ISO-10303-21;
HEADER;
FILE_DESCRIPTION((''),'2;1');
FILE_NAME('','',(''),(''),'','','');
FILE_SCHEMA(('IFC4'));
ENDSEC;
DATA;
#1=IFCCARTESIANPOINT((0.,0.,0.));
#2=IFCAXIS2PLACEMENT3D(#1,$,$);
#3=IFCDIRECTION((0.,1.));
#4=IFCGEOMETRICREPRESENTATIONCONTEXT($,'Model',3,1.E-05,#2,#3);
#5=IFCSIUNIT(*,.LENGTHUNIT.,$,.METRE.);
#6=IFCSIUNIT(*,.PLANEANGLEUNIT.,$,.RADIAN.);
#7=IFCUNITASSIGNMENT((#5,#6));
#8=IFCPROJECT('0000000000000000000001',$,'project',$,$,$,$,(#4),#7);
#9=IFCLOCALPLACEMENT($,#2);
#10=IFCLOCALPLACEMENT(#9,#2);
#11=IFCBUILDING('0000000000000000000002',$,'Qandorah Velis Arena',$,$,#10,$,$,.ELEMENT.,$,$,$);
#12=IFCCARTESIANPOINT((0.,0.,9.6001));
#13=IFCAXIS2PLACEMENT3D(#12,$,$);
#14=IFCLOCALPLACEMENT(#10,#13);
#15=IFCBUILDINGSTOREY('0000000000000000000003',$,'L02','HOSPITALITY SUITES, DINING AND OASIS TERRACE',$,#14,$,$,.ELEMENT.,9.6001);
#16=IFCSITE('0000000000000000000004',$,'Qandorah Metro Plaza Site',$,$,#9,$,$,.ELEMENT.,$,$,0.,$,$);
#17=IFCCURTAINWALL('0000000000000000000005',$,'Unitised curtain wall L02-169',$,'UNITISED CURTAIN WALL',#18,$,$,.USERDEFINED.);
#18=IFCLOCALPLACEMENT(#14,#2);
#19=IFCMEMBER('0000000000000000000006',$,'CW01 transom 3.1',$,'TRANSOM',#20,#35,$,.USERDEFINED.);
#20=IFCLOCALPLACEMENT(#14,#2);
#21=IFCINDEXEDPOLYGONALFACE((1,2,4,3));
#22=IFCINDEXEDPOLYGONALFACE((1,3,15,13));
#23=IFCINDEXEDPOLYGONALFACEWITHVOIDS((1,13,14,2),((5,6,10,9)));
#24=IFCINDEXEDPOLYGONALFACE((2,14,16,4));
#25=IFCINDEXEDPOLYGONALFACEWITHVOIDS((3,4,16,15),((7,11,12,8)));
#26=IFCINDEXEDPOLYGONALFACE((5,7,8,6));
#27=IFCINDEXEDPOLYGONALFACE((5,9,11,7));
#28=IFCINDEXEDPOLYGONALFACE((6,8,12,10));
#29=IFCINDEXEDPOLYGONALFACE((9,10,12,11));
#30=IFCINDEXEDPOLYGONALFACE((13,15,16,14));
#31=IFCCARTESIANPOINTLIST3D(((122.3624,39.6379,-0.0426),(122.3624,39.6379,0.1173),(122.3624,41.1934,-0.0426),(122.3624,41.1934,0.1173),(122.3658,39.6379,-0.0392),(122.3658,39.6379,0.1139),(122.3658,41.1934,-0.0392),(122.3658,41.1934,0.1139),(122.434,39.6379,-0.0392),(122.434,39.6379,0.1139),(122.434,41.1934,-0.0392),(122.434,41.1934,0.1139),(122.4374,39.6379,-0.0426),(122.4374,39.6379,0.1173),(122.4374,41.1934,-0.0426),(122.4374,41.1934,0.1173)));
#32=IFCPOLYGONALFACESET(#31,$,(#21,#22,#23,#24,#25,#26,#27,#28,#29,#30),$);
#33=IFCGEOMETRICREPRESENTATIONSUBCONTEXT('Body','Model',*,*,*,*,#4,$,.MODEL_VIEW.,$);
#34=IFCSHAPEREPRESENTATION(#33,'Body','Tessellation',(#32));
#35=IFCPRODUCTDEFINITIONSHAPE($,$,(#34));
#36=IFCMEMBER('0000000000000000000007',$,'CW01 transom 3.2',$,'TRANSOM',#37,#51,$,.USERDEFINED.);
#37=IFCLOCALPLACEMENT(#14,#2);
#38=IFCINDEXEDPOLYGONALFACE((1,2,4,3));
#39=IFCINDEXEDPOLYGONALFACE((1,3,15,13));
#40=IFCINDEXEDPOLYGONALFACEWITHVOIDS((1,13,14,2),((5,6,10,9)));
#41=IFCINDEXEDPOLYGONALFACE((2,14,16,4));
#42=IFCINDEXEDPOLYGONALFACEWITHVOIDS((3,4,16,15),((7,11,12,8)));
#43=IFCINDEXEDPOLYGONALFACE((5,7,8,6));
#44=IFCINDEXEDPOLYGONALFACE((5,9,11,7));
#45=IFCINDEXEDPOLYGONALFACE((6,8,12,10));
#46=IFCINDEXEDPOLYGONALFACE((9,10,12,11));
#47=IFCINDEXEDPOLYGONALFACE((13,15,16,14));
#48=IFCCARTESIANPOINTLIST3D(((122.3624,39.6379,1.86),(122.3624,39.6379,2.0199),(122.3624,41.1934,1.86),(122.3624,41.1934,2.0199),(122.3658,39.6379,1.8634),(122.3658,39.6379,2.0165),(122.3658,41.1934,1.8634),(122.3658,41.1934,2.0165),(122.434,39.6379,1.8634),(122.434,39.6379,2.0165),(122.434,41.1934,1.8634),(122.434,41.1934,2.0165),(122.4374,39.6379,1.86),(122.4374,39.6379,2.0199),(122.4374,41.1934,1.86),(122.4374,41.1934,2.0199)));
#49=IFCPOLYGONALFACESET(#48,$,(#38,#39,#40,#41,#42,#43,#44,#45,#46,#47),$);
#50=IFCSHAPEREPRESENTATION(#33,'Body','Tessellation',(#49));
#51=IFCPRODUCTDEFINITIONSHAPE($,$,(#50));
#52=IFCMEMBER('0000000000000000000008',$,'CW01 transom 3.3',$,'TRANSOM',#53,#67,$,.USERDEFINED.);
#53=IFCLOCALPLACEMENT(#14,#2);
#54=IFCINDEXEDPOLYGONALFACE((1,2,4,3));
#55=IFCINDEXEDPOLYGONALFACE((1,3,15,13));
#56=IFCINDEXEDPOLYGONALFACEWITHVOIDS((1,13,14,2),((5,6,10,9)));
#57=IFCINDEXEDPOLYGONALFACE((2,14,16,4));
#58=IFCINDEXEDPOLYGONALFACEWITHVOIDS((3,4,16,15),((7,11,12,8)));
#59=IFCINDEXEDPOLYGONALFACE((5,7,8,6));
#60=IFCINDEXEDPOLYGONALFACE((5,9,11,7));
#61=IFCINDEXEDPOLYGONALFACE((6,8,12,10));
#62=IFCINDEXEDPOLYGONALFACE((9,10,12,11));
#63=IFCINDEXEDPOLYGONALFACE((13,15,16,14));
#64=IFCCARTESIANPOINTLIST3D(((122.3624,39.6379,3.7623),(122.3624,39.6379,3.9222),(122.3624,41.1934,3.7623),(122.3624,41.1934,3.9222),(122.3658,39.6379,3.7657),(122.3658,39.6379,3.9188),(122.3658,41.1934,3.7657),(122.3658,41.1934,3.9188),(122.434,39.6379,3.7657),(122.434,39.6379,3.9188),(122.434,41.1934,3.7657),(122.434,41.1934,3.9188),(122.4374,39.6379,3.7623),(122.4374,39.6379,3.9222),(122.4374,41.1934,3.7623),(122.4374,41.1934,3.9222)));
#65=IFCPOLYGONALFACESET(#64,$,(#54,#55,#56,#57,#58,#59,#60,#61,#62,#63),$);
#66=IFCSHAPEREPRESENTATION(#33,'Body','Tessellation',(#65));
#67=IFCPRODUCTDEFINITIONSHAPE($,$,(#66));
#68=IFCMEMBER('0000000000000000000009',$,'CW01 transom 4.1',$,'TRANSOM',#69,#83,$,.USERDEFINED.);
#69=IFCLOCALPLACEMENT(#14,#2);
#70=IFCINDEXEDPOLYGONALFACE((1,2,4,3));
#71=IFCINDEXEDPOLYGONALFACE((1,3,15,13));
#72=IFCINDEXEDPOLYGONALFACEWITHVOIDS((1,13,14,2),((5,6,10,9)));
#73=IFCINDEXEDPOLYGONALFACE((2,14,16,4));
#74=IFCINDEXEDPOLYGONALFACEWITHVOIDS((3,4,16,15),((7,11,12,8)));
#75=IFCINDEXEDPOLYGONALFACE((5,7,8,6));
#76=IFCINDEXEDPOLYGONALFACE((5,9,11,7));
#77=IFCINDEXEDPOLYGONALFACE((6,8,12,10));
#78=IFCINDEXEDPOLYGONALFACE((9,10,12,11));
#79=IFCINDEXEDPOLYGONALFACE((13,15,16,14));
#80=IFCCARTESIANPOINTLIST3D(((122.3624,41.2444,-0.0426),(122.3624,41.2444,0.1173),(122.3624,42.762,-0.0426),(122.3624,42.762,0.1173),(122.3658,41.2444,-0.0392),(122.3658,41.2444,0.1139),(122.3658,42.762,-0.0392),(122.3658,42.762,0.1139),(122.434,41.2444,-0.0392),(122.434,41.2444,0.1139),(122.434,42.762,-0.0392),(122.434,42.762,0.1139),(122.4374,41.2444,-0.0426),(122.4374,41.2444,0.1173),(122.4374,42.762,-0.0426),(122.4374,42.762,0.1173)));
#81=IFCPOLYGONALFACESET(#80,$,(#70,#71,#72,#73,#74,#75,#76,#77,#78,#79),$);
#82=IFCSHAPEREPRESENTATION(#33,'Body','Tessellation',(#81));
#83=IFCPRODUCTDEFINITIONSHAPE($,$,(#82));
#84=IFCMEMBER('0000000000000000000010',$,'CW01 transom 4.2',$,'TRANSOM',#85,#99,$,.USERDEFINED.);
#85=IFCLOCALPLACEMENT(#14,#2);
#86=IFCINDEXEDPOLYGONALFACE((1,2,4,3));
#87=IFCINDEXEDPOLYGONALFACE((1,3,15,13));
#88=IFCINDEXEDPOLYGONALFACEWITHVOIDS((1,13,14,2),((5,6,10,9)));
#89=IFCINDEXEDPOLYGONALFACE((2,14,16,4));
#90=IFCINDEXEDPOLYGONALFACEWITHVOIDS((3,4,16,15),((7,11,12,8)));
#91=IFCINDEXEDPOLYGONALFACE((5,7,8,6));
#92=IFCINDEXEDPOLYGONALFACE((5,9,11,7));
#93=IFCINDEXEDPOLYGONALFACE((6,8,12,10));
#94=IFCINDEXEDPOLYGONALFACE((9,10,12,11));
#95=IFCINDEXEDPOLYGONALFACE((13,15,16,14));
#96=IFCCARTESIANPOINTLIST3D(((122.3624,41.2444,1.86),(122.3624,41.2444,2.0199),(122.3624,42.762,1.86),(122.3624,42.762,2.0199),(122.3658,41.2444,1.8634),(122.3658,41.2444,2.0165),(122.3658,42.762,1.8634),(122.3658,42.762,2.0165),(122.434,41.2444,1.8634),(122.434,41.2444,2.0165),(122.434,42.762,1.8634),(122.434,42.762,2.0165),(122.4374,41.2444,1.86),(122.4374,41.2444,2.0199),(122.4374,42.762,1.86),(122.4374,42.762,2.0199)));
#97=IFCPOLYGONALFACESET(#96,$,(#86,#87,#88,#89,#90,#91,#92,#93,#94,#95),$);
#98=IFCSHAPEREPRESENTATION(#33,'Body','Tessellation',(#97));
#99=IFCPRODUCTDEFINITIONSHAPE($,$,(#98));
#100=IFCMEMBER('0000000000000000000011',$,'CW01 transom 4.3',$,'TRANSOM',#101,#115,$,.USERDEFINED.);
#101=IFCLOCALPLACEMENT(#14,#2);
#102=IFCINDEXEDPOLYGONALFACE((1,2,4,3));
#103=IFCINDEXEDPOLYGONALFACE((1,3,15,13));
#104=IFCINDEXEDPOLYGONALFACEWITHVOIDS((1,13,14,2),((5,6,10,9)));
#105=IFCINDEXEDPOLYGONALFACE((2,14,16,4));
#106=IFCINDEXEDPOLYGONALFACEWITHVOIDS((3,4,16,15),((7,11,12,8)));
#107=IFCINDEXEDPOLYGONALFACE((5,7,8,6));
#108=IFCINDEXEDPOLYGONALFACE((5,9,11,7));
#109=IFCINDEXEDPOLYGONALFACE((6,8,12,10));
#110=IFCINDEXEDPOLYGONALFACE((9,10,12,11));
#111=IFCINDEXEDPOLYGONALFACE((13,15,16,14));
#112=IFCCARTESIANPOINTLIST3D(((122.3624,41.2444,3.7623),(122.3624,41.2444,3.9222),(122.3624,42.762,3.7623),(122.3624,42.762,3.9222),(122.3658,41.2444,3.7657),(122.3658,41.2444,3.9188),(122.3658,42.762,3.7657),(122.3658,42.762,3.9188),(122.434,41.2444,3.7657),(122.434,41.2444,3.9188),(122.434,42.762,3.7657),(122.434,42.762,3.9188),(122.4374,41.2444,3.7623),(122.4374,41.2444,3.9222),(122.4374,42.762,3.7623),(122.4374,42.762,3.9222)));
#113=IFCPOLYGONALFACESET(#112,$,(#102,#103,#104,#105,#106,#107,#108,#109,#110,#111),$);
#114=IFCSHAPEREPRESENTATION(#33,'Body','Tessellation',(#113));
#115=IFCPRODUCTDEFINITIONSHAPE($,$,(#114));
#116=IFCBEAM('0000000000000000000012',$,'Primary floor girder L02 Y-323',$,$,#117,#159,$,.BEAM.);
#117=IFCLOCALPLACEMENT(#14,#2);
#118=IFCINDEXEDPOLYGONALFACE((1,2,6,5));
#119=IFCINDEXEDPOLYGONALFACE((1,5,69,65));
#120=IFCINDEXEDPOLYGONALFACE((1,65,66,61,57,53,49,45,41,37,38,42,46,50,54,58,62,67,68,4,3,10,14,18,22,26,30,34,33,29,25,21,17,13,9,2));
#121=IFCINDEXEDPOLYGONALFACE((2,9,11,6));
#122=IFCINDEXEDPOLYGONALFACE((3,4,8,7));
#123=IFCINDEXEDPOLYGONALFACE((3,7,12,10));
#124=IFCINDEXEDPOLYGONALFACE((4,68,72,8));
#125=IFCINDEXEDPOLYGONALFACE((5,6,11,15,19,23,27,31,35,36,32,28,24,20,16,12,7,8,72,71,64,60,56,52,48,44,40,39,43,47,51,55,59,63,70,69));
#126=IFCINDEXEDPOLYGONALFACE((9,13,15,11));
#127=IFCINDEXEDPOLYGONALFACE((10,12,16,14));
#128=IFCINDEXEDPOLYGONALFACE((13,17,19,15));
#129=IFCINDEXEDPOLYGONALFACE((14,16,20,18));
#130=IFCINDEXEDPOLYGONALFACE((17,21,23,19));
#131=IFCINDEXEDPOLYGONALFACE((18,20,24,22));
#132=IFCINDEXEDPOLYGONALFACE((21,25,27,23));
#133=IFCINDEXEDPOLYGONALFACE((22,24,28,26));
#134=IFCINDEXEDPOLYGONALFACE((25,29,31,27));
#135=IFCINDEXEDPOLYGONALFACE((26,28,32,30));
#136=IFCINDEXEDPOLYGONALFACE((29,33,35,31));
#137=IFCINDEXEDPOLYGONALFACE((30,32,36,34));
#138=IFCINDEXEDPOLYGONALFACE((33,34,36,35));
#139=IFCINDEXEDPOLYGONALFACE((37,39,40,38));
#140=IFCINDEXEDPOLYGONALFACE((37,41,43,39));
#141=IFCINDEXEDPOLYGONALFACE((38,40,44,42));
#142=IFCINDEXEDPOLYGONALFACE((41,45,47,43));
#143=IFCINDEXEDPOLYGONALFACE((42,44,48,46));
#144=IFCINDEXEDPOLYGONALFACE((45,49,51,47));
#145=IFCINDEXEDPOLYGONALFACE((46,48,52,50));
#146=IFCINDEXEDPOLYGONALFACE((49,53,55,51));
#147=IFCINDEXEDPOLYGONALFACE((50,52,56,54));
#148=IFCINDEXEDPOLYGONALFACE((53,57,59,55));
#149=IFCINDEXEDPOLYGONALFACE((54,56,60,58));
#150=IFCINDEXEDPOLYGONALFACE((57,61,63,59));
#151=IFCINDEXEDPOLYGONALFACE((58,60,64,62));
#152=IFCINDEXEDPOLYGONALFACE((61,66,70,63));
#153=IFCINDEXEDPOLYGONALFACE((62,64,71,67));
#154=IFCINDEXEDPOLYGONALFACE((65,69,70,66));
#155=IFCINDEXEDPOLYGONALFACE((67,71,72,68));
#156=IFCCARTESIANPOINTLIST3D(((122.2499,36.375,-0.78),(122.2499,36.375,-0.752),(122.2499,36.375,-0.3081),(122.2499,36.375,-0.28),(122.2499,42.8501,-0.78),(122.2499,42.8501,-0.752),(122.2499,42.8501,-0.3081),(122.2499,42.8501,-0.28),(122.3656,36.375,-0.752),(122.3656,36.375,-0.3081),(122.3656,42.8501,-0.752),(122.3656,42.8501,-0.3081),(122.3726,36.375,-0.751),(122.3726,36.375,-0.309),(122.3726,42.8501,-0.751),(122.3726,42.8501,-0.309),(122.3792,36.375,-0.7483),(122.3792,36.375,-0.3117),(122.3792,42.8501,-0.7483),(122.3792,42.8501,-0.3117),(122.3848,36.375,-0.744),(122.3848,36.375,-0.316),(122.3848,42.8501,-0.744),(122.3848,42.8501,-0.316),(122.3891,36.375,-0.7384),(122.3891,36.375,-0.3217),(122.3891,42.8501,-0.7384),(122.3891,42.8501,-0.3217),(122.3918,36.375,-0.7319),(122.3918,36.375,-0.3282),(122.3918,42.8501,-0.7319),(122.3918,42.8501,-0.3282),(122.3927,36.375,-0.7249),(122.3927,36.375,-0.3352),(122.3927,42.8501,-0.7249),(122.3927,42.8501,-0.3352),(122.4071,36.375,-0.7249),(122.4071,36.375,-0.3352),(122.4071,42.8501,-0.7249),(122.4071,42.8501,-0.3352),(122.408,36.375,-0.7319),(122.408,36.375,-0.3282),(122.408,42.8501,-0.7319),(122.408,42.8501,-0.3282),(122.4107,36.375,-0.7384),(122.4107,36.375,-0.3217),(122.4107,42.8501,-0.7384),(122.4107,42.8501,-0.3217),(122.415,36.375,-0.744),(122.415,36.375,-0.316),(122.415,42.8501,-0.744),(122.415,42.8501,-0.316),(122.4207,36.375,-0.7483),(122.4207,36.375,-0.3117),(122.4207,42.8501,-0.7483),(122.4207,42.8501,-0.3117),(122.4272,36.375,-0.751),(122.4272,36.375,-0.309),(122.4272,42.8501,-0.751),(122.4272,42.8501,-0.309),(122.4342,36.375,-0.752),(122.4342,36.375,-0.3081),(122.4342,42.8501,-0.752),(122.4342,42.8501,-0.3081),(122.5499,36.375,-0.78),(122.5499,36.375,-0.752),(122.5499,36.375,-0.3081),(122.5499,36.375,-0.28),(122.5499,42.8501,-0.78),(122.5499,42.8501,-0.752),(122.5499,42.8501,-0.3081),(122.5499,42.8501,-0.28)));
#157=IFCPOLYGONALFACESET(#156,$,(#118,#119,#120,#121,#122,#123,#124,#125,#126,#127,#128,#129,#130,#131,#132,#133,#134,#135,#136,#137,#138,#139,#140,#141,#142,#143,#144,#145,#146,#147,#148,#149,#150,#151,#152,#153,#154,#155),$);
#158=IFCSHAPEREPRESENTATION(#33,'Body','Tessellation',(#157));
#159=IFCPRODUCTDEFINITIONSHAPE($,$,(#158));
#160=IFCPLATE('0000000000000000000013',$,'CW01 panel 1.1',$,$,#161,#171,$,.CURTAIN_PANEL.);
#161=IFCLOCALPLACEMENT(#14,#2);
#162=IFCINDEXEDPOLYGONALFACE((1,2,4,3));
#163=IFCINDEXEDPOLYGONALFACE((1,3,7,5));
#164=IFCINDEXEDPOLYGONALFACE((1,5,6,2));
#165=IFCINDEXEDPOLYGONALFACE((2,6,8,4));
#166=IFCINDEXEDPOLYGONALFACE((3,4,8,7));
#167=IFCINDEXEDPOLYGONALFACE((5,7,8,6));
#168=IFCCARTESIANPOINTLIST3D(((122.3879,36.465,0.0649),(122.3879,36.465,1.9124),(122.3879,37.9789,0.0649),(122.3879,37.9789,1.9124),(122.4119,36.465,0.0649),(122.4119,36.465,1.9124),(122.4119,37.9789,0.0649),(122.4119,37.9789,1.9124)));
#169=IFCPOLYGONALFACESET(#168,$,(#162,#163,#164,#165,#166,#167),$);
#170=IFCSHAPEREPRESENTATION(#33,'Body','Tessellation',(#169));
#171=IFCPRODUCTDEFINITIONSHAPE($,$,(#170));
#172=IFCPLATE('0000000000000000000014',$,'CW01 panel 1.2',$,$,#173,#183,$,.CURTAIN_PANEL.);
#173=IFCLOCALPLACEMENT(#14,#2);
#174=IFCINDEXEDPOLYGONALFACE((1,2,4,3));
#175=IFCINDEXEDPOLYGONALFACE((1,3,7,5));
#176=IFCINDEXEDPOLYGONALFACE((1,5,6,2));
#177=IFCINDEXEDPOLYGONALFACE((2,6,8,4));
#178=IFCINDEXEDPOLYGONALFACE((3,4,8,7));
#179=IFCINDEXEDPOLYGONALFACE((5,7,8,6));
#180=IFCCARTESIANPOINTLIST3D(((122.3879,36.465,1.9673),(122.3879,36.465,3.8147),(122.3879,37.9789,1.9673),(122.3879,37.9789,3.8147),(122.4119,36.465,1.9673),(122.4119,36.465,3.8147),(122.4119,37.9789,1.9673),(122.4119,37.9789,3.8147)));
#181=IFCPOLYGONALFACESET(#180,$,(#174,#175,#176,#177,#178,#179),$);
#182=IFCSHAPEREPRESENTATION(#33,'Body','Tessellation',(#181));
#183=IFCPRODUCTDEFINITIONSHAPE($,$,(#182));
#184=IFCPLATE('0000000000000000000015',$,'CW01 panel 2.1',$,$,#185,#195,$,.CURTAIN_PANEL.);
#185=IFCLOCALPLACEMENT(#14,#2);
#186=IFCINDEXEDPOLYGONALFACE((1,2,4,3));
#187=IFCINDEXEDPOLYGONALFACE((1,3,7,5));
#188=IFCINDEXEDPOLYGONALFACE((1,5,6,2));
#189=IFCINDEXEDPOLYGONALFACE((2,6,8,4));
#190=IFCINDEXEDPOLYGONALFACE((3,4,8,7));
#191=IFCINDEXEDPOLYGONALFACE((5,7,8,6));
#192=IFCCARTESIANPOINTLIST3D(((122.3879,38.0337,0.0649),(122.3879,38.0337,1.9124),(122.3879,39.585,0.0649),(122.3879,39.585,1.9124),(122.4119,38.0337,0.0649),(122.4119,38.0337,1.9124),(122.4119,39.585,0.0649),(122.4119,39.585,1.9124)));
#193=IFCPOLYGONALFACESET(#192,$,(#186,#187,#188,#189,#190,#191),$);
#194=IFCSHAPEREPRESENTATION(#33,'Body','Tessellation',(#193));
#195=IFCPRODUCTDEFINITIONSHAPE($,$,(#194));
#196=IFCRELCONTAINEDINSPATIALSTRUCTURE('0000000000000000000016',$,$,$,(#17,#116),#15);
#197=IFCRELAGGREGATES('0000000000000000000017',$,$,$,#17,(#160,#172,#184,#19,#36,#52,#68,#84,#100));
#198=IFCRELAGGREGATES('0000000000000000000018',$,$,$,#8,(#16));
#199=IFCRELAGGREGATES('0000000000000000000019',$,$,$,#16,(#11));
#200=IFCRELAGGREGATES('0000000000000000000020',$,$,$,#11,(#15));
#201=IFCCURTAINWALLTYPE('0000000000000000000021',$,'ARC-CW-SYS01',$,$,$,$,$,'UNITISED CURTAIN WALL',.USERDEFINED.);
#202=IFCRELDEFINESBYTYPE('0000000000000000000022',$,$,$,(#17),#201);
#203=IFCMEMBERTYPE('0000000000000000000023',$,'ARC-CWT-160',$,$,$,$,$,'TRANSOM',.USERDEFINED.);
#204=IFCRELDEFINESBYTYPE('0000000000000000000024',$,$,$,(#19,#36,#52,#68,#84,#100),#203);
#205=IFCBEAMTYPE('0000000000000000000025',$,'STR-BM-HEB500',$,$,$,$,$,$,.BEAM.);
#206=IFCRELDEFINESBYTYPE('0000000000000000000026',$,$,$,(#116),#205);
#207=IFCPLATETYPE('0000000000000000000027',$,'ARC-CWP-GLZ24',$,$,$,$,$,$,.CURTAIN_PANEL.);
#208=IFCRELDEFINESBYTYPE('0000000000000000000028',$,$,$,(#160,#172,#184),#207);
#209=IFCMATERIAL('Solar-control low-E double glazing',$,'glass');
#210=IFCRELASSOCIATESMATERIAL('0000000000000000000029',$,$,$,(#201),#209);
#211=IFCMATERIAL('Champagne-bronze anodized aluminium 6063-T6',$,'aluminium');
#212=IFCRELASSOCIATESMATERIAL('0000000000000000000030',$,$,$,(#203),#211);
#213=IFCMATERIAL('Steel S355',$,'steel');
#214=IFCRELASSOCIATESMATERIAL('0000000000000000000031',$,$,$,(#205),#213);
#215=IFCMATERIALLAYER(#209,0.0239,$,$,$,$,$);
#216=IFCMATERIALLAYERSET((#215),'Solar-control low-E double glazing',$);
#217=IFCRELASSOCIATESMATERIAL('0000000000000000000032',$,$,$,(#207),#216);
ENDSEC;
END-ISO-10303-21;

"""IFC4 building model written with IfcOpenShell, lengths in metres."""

from ifc_helpers import new_model, si_unit, direction, frame, origin, origin_2d, place, context, subcontext, project, spatial, rectangle, hollow_rectangle, i_section, extrude, material, layer, layer_set, material_profile, profile_set, type_object, element, aggregate, save


model = new_model("IFC4")

# Units and contexts
model_context = context("Model", 3, precision=1e-05, world=origin(), true_north=direction((0.0, 1.0)))
body_context = subcontext(model_context, "Body", "Model", "MODEL_VIEW")
ifc_project = project(units=[si_unit("LENGTHUNIT", "METRE"), si_unit("PLANEANGLEUNIT", "RADIAN")], contexts=[model_context])

# Site, building, storey
site_placement = place(None, origin())
site = spatial("IfcSite", under=ifc_project, at=site_placement, Name="Qandorah Metro Plaza Site", CompositionType="ELEMENT", RefElevation=0.0)
building_placement = place(site_placement, origin())
building = spatial("IfcBuilding", under=site, at=building_placement, Name="Qandorah Velis Arena", CompositionType="ELEMENT")
storey_placement = place(building_placement, frame((0.0, 0.0, 9.6001)))
storey = spatial("IfcBuildingStorey", under=building, at=storey_placement, Name="L02", Description="HOSPITALITY SUITES, DINING AND OASIS TERRACE", CompositionType="ELEMENT", Elevation=9.6001)

# Shared definitions
ifc_material_1 = material(Name="Steel S355", Category="steel")

# Curtain wall
ifc_material_2 = material(Name="Solar-control low-E double glazing", Category="glass")
ifc_material_3 = material(Name="Champagne-bronze anodized aluminium 6063-T6", Category="aluminium")
curtain_wall_type_1 = type_object("IfcCurtainWallType", Name="ARC-CW-SYS01", ElementType="UNITISED CURTAIN WALL", PredefinedType="USERDEFINED", material=ifc_material_2)
curtain_wall_1_placement = place(storey_placement, origin())
curtain_wall_1 = element("IfcCurtainWall", 1, at=curtain_wall_1_placement, inside=storey, type_object=curtain_wall_type_1, Name="Unitised curtain wall L02-169", ObjectType="UNITISED CURTAIN WALL", PredefinedType="USERDEFINED")

# Members
ifc_material_profile_1 = material_profile(ifc_material_3, hollow_rectangle(XDim=0.075, YDim=0.1599, WallThickness=0.0034, at=origin_2d()), Name="ALU TRANSOM 75x160")
ifc_profile_set_1 = profile_set([ifc_material_profile_1], Name="Champagne-bronze anodized aluminium 6063-T6")
member_type_1 = type_object("IfcMemberType", Name="ARC-CWT-160", ElementType="TRANSOM", PredefinedType="USERDEFINED", material=ifc_profile_set_1)
member_1_placement = place(storey_placement, frame((122.3999, 39.6379, 0.0374), z_axis=(0.0, 1.0, 0.0), x_axis=(-1.0, 0.0, 0.0)))
member_1 = element("IfcMember", 2, at=member_1_placement, type_object=member_type_1, Name="CW01 transom 3.1", ObjectType="TRANSOM", PredefinedType="USERDEFINED", context=body_context, shape_type="SweptSolid", body=[
    extrude(hollow_rectangle(XDim=0.075, YDim=0.1599, WallThickness=0.0034, at=origin_2d()), origin(), (0.0, 0.0, 1.0), 1.5554),
])
member_2_placement = place(storey_placement, frame((122.3999, 39.6379, 1.9399), z_axis=(0.0, 1.0, 0.0), x_axis=(-1.0, 0.0, 0.0)))
member_2 = element("IfcMember", 3, at=member_2_placement, type_object=member_type_1, Name="CW01 transom 3.2", ObjectType="TRANSOM", PredefinedType="USERDEFINED", context=body_context, shape_type="SweptSolid", body=[
    extrude(hollow_rectangle(XDim=0.075, YDim=0.1599, WallThickness=0.0034, at=origin_2d()), origin(), (0.0, 0.0, 1.0), 1.5554),
])
member_3_placement = place(storey_placement, frame((122.3999, 39.6379, 3.8423), z_axis=(0.0, 1.0, 0.0), x_axis=(-1.0, 0.0, 0.0)))
member_3 = element("IfcMember", 4, at=member_3_placement, type_object=member_type_1, Name="CW01 transom 3.3", ObjectType="TRANSOM", PredefinedType="USERDEFINED", context=body_context, shape_type="SweptSolid", body=[
    extrude(hollow_rectangle(XDim=0.075, YDim=0.1599, WallThickness=0.0034, at=origin_2d()), origin(), (0.0, 0.0, 1.0), 1.5554),
])
member_4_placement = place(storey_placement, frame((122.3999, 41.2444, 0.0374), z_axis=(0.0, 1.0, 0.0), x_axis=(-1.0, 0.0, 0.0)))
member_4 = element("IfcMember", 5, at=member_4_placement, type_object=member_type_1, Name="CW01 transom 4.1", ObjectType="TRANSOM", PredefinedType="USERDEFINED", context=body_context, shape_type="SweptSolid", body=[
    extrude(hollow_rectangle(XDim=0.075, YDim=0.1599, WallThickness=0.0034, at=origin_2d()), origin(), (0.0, 0.0, 1.0), 1.5176),
])
member_5_placement = place(storey_placement, frame((122.3999, 41.2444, 1.9399), z_axis=(0.0, 1.0, 0.0), x_axis=(-1.0, 0.0, 0.0)))
member_5 = element("IfcMember", 6, at=member_5_placement, type_object=member_type_1, Name="CW01 transom 4.2", ObjectType="TRANSOM", PredefinedType="USERDEFINED", context=body_context, shape_type="SweptSolid", body=[
    extrude(hollow_rectangle(XDim=0.075, YDim=0.1599, WallThickness=0.0034, at=origin_2d()), origin(), (0.0, 0.0, 1.0), 1.5176),
])
member_6_placement = place(storey_placement, frame((122.3999, 41.2444, 3.8423), z_axis=(0.0, 1.0, 0.0), x_axis=(-1.0, 0.0, 0.0)))
member_6 = element("IfcMember", 7, at=member_6_placement, type_object=member_type_1, Name="CW01 transom 4.3", ObjectType="TRANSOM", PredefinedType="USERDEFINED", context=body_context, shape_type="SweptSolid", body=[
    extrude(hollow_rectangle(XDim=0.075, YDim=0.1599, WallThickness=0.0034, at=origin_2d()), origin(), (0.0, 0.0, 1.0), 1.5176),
])

# Beam
ifc_material_profile_2 = material_profile(ifc_material_1, i_section(OverallWidth=0.3, OverallDepth=0.5, WebThickness=0.0144, FlangeThickness=0.0281, FilletRadius=0.0271, at=origin_2d()), Name="HEB 500")
ifc_profile_set_2 = profile_set([ifc_material_profile_2], Name="Steel S355")
beam_type = type_object("IfcBeamType", Name="STR-BM-HEB500", PredefinedType="BEAM", material=ifc_profile_set_2)
beam_placement = place(storey_placement, frame((122.3999, 36.375, -0.53), z_axis=(0.0, 1.0, 0.0), x_axis=(-1.0, 0.0, 0.0)))
element("IfcBeam", 8, at=beam_placement, inside=storey, type_object=beam_type, Name="Primary floor girder L02 Y-323", PredefinedType="BEAM", context=body_context, shape_type="SweptSolid", body=[
    extrude(i_section(OverallWidth=0.3, OverallDepth=0.5, WebThickness=0.0144, FlangeThickness=0.0281, FilletRadius=0.0271, at=origin_2d()), origin(), (0.0, 0.0, 1.0), 6.4751),
])

# Plates
ifc_layer_1 = layer(ifc_material_2, 0.0239)
ifc_layer_set_1 = layer_set([ifc_layer_1], Name="Solar-control low-E double glazing")
plate_type_1 = type_object("IfcPlateType", Name="ARC-CWP-GLZ24", PredefinedType="CURTAIN_PANEL", material=ifc_layer_set_1)
plate_1_placement = place(storey_placement, frame((122.3999, 37.2219, 0.0649), z_axis=(0.0, 0.0, 1.0), x_axis=(0.0, 1.0, 0.0)))
plate_1 = element("IfcPlate", 9, at=plate_1_placement, type_object=plate_type_1, Name="CW01 panel 1.1", PredefinedType="CURTAIN_PANEL", context=body_context, shape_type="SweptSolid", body=[
    extrude(rectangle(XDim=1.5139, YDim=0.0239, at=origin_2d()), origin(), (0.0, 0.0, 1.0), 1.8474),
])
plate_2_placement = place(storey_placement, frame((122.3999, 37.2219, 1.9673), z_axis=(0.0, 0.0, 1.0), x_axis=(0.0, 1.0, 0.0)))
plate_2 = element("IfcPlate", 10, at=plate_2_placement, type_object=plate_type_1, Name="CW01 panel 1.2", PredefinedType="CURTAIN_PANEL", context=body_context, shape_type="SweptSolid", body=[
    extrude(rectangle(XDim=1.5139, YDim=0.0239, at=origin_2d()), origin(), (0.0, 0.0, 1.0), 1.8474),
])
plate_3_placement = place(storey_placement, frame((122.3999, 38.8093, 0.0649), z_axis=(0.0, 0.0, 1.0), x_axis=(0.0, 1.0, 0.0)))
plate_3 = element("IfcPlate", 11, at=plate_3_placement, type_object=plate_type_1, Name="CW01 panel 2.1", PredefinedType="CURTAIN_PANEL", context=body_context, shape_type="SweptSolid", body=[
    extrude(rectangle(XDim=1.5513, YDim=0.0239, at=origin_2d()), origin(), (0.0, 0.0, 1.0), 1.8474),
])
aggregate(curtain_wall_1, [plate_1, plate_2, plate_3, member_1, member_2, member_3, member_4, member_5, member_6])

save(model, "model.ifc")
